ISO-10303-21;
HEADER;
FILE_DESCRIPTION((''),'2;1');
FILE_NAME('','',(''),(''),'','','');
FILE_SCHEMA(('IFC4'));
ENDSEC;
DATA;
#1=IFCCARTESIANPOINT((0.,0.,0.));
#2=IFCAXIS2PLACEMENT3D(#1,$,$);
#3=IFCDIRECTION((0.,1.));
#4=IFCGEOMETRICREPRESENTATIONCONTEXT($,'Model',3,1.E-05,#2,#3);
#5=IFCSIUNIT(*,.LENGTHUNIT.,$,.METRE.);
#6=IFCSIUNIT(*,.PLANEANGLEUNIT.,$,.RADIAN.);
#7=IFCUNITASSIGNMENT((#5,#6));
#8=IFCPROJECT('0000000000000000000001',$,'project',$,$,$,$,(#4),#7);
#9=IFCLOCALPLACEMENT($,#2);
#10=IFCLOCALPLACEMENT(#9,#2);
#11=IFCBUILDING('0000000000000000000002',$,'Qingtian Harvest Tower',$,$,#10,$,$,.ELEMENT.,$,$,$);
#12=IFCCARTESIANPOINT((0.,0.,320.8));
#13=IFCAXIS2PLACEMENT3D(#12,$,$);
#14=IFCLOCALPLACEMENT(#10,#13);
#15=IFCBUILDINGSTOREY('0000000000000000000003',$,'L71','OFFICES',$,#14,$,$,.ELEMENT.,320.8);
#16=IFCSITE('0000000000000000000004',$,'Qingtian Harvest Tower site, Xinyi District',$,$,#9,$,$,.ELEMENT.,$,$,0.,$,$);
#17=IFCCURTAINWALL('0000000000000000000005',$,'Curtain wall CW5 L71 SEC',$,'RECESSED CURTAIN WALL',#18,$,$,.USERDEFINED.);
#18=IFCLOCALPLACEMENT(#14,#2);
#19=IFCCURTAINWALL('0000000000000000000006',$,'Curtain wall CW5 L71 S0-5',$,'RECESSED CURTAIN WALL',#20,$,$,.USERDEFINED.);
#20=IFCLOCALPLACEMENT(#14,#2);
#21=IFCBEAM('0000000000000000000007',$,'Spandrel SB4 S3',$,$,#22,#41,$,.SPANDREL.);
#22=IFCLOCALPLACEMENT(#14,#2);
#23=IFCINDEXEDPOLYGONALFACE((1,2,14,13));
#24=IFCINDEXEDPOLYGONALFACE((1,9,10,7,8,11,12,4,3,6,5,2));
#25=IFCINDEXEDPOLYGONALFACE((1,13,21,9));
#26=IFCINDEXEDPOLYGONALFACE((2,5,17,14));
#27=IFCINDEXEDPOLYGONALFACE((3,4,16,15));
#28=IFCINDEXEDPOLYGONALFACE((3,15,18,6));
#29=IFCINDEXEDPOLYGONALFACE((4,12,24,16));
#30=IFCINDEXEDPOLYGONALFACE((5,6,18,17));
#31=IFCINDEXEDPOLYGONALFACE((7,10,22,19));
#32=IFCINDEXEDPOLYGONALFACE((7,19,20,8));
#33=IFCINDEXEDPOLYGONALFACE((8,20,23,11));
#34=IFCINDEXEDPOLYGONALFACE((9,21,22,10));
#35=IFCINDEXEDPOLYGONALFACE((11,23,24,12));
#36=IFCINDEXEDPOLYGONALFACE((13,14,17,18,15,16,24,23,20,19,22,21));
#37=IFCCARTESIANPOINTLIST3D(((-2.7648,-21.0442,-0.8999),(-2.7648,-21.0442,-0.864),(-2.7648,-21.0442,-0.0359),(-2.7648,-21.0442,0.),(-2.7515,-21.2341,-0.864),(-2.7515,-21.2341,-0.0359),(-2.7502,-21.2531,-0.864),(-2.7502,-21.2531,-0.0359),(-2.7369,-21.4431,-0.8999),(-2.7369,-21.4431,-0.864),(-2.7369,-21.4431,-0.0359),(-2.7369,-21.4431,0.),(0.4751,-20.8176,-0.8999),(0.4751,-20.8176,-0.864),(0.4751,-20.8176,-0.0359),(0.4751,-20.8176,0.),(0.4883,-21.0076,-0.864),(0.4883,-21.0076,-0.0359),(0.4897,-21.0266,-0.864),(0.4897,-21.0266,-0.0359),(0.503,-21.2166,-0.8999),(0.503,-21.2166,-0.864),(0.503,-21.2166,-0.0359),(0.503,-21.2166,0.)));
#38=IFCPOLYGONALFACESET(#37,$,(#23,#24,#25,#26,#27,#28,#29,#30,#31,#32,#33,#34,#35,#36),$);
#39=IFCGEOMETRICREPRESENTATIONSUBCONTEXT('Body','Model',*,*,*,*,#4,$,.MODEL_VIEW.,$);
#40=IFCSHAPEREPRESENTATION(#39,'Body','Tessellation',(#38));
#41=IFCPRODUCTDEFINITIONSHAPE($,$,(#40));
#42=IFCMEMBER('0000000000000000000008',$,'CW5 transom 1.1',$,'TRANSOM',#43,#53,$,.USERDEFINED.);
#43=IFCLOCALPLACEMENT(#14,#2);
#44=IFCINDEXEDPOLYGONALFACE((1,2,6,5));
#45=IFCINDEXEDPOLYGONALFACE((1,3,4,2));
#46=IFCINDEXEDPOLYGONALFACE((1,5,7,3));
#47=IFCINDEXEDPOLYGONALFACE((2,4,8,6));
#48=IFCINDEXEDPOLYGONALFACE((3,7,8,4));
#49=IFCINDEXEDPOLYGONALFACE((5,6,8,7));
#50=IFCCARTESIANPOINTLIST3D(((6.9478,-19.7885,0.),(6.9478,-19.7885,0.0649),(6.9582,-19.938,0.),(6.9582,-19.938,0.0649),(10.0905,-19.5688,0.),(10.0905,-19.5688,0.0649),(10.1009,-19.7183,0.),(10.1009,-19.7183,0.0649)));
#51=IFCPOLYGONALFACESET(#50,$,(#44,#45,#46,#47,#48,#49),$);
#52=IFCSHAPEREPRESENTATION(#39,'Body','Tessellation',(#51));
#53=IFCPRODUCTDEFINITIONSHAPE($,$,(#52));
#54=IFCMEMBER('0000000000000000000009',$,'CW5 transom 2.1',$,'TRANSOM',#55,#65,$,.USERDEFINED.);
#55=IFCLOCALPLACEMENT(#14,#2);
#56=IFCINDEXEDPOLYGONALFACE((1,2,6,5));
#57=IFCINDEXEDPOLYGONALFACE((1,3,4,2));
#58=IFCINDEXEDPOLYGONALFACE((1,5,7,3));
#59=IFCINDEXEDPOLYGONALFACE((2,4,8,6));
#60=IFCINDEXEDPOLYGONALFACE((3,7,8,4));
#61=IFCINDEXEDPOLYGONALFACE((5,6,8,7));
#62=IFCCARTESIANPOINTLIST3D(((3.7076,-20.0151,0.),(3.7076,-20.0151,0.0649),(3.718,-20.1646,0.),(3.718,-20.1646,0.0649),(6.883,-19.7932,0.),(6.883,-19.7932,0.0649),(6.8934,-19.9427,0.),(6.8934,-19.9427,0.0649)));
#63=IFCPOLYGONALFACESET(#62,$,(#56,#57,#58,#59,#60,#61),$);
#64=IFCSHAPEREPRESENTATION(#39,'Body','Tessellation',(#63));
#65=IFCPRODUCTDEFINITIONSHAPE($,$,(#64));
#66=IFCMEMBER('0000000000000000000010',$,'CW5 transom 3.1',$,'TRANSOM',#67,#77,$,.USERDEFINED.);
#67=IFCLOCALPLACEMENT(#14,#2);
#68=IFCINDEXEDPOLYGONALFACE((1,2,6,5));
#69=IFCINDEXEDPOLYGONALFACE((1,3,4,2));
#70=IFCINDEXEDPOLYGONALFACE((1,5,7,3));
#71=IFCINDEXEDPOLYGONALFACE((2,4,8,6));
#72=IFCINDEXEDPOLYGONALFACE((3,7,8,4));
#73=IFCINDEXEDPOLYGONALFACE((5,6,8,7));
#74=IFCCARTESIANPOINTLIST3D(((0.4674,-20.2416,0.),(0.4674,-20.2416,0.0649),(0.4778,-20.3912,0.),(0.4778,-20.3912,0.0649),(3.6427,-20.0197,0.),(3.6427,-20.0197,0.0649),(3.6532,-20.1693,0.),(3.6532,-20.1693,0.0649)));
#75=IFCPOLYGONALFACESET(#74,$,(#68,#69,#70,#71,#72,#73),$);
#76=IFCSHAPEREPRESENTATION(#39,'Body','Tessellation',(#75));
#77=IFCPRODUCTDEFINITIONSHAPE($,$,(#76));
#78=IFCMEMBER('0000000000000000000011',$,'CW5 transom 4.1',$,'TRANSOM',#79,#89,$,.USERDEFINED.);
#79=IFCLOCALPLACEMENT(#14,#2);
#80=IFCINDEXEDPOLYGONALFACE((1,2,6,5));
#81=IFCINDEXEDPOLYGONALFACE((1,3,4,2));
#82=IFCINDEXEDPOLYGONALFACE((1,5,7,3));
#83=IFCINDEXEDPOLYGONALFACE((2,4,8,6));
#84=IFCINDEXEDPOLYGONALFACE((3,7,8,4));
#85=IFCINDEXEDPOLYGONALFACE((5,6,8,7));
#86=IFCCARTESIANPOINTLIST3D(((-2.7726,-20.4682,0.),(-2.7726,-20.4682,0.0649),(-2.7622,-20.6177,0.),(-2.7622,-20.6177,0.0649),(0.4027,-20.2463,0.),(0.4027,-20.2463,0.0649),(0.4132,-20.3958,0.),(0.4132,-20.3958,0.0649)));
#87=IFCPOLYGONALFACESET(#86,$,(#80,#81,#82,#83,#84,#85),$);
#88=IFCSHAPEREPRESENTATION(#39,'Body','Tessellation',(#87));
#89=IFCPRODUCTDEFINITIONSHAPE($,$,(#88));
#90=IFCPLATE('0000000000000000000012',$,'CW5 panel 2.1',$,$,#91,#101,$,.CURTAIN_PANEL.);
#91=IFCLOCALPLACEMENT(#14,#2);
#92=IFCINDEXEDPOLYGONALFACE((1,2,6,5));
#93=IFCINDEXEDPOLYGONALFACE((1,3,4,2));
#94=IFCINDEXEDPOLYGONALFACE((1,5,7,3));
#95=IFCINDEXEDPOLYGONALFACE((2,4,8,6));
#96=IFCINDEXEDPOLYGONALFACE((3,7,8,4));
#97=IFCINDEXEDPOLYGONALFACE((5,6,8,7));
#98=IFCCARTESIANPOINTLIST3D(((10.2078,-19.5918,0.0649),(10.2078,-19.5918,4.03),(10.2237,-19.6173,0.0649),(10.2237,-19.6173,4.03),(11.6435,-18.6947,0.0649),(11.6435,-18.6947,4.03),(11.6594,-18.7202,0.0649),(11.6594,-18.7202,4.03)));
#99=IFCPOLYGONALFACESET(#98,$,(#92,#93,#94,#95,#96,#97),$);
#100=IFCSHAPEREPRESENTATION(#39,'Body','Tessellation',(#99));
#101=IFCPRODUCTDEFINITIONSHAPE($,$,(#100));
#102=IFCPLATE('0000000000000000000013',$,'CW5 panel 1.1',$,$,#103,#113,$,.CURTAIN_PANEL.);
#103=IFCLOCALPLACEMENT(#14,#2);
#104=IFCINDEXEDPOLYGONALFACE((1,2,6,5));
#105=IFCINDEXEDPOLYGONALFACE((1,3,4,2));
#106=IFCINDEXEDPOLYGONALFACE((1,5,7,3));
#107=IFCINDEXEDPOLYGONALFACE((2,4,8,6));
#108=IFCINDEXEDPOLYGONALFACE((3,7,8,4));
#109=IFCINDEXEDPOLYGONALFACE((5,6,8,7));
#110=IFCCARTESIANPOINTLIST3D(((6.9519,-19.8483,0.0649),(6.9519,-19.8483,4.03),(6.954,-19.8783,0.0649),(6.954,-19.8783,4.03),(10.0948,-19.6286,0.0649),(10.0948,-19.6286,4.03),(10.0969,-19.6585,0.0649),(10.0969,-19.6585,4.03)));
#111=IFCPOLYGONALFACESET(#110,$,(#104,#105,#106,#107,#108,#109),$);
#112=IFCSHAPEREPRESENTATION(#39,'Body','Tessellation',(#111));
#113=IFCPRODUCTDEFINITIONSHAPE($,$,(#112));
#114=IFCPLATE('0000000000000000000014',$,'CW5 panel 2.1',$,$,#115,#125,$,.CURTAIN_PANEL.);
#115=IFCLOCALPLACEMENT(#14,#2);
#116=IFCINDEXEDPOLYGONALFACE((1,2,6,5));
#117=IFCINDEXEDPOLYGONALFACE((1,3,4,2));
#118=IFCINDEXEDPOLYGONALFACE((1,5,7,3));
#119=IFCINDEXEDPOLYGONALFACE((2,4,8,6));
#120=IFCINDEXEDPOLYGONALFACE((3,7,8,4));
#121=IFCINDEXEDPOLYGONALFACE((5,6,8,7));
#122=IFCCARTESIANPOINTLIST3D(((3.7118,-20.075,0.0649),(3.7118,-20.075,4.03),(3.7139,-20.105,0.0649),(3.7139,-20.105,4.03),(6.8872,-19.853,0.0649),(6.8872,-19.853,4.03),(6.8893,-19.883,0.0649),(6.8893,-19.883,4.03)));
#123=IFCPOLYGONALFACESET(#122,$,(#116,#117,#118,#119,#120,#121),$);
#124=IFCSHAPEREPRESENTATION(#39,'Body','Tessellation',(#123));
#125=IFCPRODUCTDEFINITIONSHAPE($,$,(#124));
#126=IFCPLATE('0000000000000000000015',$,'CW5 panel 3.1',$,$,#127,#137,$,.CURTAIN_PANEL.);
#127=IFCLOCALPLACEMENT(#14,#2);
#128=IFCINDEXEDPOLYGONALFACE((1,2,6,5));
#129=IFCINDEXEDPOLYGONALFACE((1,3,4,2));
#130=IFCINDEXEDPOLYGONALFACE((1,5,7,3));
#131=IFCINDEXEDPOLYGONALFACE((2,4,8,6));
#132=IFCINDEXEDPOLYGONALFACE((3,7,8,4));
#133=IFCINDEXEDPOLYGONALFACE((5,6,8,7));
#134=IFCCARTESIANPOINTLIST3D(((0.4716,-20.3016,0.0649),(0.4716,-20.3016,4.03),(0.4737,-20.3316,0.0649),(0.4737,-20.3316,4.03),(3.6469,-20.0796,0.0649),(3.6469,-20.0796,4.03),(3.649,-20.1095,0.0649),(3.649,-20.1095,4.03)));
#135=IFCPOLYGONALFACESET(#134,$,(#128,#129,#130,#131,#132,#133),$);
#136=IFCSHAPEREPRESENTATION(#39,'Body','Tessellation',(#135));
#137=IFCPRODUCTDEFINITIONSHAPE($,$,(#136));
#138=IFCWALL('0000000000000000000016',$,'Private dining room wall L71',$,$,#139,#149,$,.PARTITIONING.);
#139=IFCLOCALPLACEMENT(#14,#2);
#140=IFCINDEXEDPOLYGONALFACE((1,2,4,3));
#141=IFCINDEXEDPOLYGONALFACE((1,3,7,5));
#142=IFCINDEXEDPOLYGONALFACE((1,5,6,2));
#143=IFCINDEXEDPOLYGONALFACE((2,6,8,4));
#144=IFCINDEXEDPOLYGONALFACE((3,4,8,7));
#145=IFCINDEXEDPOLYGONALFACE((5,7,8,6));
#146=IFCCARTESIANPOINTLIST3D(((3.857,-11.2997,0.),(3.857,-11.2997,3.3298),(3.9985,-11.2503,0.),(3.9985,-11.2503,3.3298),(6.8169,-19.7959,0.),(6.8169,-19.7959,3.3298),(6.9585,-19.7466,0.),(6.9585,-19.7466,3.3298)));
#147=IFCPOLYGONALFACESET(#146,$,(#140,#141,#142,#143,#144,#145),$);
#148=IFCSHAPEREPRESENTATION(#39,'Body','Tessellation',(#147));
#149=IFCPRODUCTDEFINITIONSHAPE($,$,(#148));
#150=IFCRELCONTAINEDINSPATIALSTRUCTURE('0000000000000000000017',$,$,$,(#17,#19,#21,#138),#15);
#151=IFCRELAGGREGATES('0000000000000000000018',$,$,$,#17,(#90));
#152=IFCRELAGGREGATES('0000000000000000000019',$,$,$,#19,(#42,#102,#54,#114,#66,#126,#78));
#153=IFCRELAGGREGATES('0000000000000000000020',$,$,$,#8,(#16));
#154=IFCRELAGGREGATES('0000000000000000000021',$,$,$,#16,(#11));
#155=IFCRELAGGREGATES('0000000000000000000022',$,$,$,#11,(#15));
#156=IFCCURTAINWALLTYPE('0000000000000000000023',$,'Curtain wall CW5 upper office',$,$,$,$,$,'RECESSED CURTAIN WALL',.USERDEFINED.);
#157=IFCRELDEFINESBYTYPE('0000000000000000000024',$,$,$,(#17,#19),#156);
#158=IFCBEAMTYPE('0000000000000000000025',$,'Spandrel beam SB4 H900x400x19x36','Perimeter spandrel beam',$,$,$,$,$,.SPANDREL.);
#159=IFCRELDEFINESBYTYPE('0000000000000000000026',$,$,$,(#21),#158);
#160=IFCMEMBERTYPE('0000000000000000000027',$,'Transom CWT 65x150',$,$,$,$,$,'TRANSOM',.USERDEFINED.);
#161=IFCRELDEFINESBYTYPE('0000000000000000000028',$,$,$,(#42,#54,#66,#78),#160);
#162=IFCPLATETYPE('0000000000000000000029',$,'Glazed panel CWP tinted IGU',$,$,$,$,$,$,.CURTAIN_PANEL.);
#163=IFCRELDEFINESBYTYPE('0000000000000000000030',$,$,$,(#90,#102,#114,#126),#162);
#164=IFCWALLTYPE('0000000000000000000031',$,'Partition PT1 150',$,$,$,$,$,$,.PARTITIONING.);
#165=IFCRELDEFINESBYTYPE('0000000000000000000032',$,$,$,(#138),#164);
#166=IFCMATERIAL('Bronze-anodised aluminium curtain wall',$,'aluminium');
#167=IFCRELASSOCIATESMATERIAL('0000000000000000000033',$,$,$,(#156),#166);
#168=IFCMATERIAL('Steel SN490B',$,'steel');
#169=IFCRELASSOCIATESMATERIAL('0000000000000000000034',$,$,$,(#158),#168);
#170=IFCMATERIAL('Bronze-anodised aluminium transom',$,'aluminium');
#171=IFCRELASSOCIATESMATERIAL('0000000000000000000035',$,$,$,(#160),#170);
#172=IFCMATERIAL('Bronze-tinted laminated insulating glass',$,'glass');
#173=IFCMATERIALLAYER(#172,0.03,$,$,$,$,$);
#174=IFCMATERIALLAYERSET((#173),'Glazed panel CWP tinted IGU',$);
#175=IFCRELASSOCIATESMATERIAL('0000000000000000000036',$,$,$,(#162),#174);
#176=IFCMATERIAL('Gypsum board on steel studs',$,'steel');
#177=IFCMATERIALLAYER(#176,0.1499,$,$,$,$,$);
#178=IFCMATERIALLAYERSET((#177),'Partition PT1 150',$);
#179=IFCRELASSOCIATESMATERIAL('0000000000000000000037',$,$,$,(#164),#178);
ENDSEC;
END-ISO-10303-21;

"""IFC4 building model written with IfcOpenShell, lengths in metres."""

from ifc_helpers import new_model, si_unit, direction, frame, frame_2d, origin, origin_2d, place, context, subcontext, project, spatial, rectangle, i_section, extrude, material, layer, layer_set, material_profile, profile_set, type_object, element, aggregate, save


model = new_model("IFC4")

# Units and contexts
model_context = context("Model", 3, precision=1e-05, world=origin(), true_north=direction((0.0, 1.0)))
body_context = subcontext(model_context, "Body", "Model", "MODEL_VIEW")
ifc_project = project(units=[si_unit("LENGTHUNIT", "METRE"), si_unit("PLANEANGLEUNIT", "RADIAN")], contexts=[model_context])

# Site, building, storey
site_placement = place(None, origin())
site = spatial("IfcSite", under=ifc_project, at=site_placement, Name="Qingtian Harvest Tower site, Xinyi District", CompositionType="ELEMENT", RefElevation=0.0)
building_placement = place(site_placement, origin())
building = spatial("IfcBuilding", under=site, at=building_placement, Name="Qingtian Harvest Tower", CompositionType="ELEMENT")
storey_placement = place(building_placement, frame((0.0, 0.0, 320.8)))
storey = spatial("IfcBuildingStorey", under=building, at=storey_placement, Name="L71", Description="OFFICES", CompositionType="ELEMENT", Elevation=320.8)

# Curtain wall
ifc_material_1 = material(Name="Bronze-anodised aluminium curtain wall", Category="aluminium")
curtain_wall_type = type_object("IfcCurtainWallType", Name="Curtain wall CW5 upper office", ElementType="RECESSED CURTAIN WALL", PredefinedType="USERDEFINED", material=ifc_material_1)
curtain_wall_1_placement = place(storey_placement, origin())
curtain_wall_1 = element("IfcCurtainWall", 1, at=curtain_wall_1_placement, inside=storey, type_object=curtain_wall_type, Name="Curtain wall CW5 L71 SEC", ObjectType="RECESSED CURTAIN WALL", PredefinedType="USERDEFINED")

# Curtain wall
curtain_wall_2_placement = place(storey_placement, origin())
curtain_wall_2 = element("IfcCurtainWall", 2, at=curtain_wall_2_placement, inside=storey, type_object=curtain_wall_type, Name="Curtain wall CW5 L71 S0-5", ObjectType="RECESSED CURTAIN WALL", PredefinedType="USERDEFINED")

# Beam
ifc_material_2 = material(Name="Steel SN490B", Category="steel")
ifc_material_profile_1 = material_profile(ifc_material_2, i_section(OverallWidth=0.3999, OverallDepth=0.8999, WebThickness=0.019, FlangeThickness=0.0359, at=origin_2d()), Name="H900x400x19x36")
ifc_profile_set_1 = profile_set([ifc_material_profile_1], Name="Steel SN490B")
beam_type_1 = type_object("IfcBeamType", Name="Spandrel beam SB4 H900x400x19x36", Description="Perimeter spandrel beam", PredefinedType="SPANDREL", material=ifc_profile_set_1)
beam_1_placement = place(storey_placement, frame((0.489, -21.0171, -0.45), z_axis=(-0.997564, -0.069757, 0.0), x_axis=(0.069757, -0.997564, 0.0)))
element("IfcBeam", 3, at=beam_1_placement, inside=storey, type_object=beam_type_1, Name="Spandrel SB4 S3", PredefinedType="SPANDREL", context=body_context, shape_type="SweptSolid", body=[
    extrude(i_section(OverallWidth=0.3999, OverallDepth=0.8999, WebThickness=0.019, FlangeThickness=0.0359, at=origin_2d()), origin(), (0.0, 0.0, 1.0), 3.2478),
])

# Members
ifc_material_3 = material(Name="Bronze-anodised aluminium transom", Category="aluminium")
ifc_material_profile_2 = material_profile(ifc_material_3, rectangle(XDim=0.1499, YDim=0.0649, at=origin_2d()), Name="AL 65x150")
ifc_profile_set_2 = profile_set([ifc_material_profile_2], Name="Bronze-anodised aluminium transom")
member_type_1 = type_object("IfcMemberType", Name="Transom CWT 65x150", ElementType="TRANSOM", PredefinedType="USERDEFINED", material=ifc_profile_set_2)
member_1_placement = place(storey_placement, frame((10.0957, -19.6436, 0.0325), z_axis=(-0.997565, -0.069744, 0.0), x_axis=(0.069744, -0.997565, 0.0)))
member_1 = element("IfcMember", 4, at=member_1_placement, type_object=member_type_1, Name="CW5 transom 1.1", ObjectType="TRANSOM", PredefinedType="USERDEFINED", context=body_context, shape_type="SweptSolid", body=[
    extrude(rectangle(XDim=0.1499, YDim=0.0649, at=origin_2d()), origin(), (0.0, 0.0, 1.0), 3.1504),
])
member_2_placement = place(storey_placement, frame((6.8882, -19.8679, 0.0325), z_axis=(-0.997567, -0.069721, 0.0), x_axis=(0.069721, -0.997567, 0.0)))
member_2 = element("IfcMember", 5, at=member_2_placement, type_object=member_type_1, Name="CW5 transom 2.1", ObjectType="TRANSOM", PredefinedType="USERDEFINED", context=body_context, shape_type="SweptSolid", body=[
    extrude(rectangle(XDim=0.1499, YDim=0.0649, at=origin_2d()), origin(), (0.0, 0.0, 1.0), 3.1831),
])
member_3_placement = place(storey_placement, frame((3.6479, -20.0945, 0.0325), z_axis=(-0.997567, -0.069721, 0.0), x_axis=(0.069721, -0.997567, 0.0)))
member_3 = element("IfcMember", 6, at=member_3_placement, type_object=member_type_1, Name="CW5 transom 3.1", ObjectType="TRANSOM", PredefinedType="USERDEFINED", context=body_context, shape_type="SweptSolid", body=[
    extrude(rectangle(XDim=0.1499, YDim=0.0649, at=origin_2d()), origin(), (0.0, 0.0, 1.0), 3.1831),
])
member_4_placement = place(storey_placement, frame((0.408, -20.321, 0.0325), z_axis=(-0.997567, -0.069721, 0.0), x_axis=(0.069721, -0.997567, 0.0)))
member_4 = element("IfcMember", 7, at=member_4_placement, type_object=member_type_1, Name="CW5 transom 4.1", ObjectType="TRANSOM", PredefinedType="USERDEFINED", context=body_context, shape_type="SweptSolid", body=[
    extrude(rectangle(XDim=0.1499, YDim=0.0649, at=origin_2d()), origin(), (0.0, 0.0, 1.0), 3.1831),
])

# Plates
ifc_material_4 = material(Name="Bronze-tinted laminated insulating glass", Category="glass")
ifc_layer_1 = layer(ifc_material_4, 0.03)
ifc_layer_set_1 = layer_set([ifc_layer_1], Name="Glazed panel CWP tinted IGU")
plate_type = type_object("IfcPlateType", Name="Glazed panel CWP tinted IGU", PredefinedType="CURTAIN_PANEL", material=ifc_layer_set_1)
plate_1_placement = place(storey_placement, frame((10.9336, -19.156, 0.0649), z_axis=(0.0, 0.0, 1.0), x_axis=(-0.848048, -0.529919, 0.0)))
plate_1 = element("IfcPlate", 8, at=plate_1_placement, type_object=plate_type, Name="CW5 panel 2.1", PredefinedType="CURTAIN_PANEL", context=body_context, shape_type="SweptSolid", body=[
    extrude(rectangle(XDim=1.6929, YDim=0.03, at=origin_2d()), origin(), (0.0, 0.0, 1.0), 3.9651),
])
aggregate(curtain_wall_1, [plate_1])
plate_2_placement = place(storey_placement, frame((8.5244, -19.7534, 0.0649), z_axis=(0.0, 0.0, 1.0), x_axis=(-0.997564, -0.069756, 0.0)))
plate_2 = element("IfcPlate", 9, at=plate_2_placement, type_object=plate_type, Name="CW5 panel 1.1", PredefinedType="CURTAIN_PANEL", context=body_context, shape_type="SweptSolid", body=[
    extrude(rectangle(XDim=3.1506, YDim=0.03, at=origin_2d()), origin(), (0.0, 0.0, 1.0), 3.9651),
])
plate_3_placement = place(storey_placement, frame((5.3005, -19.979, 0.0649), z_axis=(0.0, 0.0, 1.0), x_axis=(-0.997564, -0.069756, 0.0)))
plate_3 = element("IfcPlate", 10, at=plate_3_placement, type_object=plate_type, Name="CW5 panel 2.1", PredefinedType="CURTAIN_PANEL", context=body_context, shape_type="SweptSolid", body=[
    extrude(rectangle(XDim=3.1831, YDim=0.03, at=origin_2d()), origin(), (0.0, 0.0, 1.0), 3.9651),
])
plate_4_placement = place(storey_placement, frame((2.0603, -20.2056, 0.0649), z_axis=(0.0, 0.0, 1.0), x_axis=(-0.997564, -0.069756, 0.0)))
plate_4 = element("IfcPlate", 11, at=plate_4_placement, type_object=plate_type, Name="CW5 panel 3.1", PredefinedType="CURTAIN_PANEL", context=body_context, shape_type="SweptSolid", body=[
    extrude(rectangle(XDim=3.1831, YDim=0.03, at=origin_2d()), origin(), (0.0, 0.0, 1.0), 3.9651),
])
aggregate(curtain_wall_2, [member_1, plate_2, member_2, plate_3, member_3, plate_4, member_4])

# Wall
ifc_material_5 = material(Name="Gypsum board on steel studs", Category="steel")
ifc_layer_2 = layer(ifc_material_5, 0.1499)
ifc_layer_set_2 = layer_set([ifc_layer_2], Name="Partition PT1 150")
wall_type = type_object("IfcWallType", Name="Partition PT1 150", PredefinedType="PARTITIONING", material=ifc_layer_set_2)
wall_placement = place(storey_placement, frame((6.8877, -19.7712, 0.0), z_axis=(0.0, 0.0, 1.0), x_axis=(-0.328988, 0.944334, 0.0)))
element("IfcWall", 12, at=wall_placement, inside=storey, type_object=wall_type, Name="Private dining room wall L71", PredefinedType="PARTITIONING", context=body_context, shape_type="SweptSolid", body=[
    extrude(rectangle(XDim=8.9971, YDim=0.1499, at=frame_2d((4.4985, 0.0))), origin(), (0.0, 0.0, 1.0), 3.3298),
])

save(model, "model.ifc")
